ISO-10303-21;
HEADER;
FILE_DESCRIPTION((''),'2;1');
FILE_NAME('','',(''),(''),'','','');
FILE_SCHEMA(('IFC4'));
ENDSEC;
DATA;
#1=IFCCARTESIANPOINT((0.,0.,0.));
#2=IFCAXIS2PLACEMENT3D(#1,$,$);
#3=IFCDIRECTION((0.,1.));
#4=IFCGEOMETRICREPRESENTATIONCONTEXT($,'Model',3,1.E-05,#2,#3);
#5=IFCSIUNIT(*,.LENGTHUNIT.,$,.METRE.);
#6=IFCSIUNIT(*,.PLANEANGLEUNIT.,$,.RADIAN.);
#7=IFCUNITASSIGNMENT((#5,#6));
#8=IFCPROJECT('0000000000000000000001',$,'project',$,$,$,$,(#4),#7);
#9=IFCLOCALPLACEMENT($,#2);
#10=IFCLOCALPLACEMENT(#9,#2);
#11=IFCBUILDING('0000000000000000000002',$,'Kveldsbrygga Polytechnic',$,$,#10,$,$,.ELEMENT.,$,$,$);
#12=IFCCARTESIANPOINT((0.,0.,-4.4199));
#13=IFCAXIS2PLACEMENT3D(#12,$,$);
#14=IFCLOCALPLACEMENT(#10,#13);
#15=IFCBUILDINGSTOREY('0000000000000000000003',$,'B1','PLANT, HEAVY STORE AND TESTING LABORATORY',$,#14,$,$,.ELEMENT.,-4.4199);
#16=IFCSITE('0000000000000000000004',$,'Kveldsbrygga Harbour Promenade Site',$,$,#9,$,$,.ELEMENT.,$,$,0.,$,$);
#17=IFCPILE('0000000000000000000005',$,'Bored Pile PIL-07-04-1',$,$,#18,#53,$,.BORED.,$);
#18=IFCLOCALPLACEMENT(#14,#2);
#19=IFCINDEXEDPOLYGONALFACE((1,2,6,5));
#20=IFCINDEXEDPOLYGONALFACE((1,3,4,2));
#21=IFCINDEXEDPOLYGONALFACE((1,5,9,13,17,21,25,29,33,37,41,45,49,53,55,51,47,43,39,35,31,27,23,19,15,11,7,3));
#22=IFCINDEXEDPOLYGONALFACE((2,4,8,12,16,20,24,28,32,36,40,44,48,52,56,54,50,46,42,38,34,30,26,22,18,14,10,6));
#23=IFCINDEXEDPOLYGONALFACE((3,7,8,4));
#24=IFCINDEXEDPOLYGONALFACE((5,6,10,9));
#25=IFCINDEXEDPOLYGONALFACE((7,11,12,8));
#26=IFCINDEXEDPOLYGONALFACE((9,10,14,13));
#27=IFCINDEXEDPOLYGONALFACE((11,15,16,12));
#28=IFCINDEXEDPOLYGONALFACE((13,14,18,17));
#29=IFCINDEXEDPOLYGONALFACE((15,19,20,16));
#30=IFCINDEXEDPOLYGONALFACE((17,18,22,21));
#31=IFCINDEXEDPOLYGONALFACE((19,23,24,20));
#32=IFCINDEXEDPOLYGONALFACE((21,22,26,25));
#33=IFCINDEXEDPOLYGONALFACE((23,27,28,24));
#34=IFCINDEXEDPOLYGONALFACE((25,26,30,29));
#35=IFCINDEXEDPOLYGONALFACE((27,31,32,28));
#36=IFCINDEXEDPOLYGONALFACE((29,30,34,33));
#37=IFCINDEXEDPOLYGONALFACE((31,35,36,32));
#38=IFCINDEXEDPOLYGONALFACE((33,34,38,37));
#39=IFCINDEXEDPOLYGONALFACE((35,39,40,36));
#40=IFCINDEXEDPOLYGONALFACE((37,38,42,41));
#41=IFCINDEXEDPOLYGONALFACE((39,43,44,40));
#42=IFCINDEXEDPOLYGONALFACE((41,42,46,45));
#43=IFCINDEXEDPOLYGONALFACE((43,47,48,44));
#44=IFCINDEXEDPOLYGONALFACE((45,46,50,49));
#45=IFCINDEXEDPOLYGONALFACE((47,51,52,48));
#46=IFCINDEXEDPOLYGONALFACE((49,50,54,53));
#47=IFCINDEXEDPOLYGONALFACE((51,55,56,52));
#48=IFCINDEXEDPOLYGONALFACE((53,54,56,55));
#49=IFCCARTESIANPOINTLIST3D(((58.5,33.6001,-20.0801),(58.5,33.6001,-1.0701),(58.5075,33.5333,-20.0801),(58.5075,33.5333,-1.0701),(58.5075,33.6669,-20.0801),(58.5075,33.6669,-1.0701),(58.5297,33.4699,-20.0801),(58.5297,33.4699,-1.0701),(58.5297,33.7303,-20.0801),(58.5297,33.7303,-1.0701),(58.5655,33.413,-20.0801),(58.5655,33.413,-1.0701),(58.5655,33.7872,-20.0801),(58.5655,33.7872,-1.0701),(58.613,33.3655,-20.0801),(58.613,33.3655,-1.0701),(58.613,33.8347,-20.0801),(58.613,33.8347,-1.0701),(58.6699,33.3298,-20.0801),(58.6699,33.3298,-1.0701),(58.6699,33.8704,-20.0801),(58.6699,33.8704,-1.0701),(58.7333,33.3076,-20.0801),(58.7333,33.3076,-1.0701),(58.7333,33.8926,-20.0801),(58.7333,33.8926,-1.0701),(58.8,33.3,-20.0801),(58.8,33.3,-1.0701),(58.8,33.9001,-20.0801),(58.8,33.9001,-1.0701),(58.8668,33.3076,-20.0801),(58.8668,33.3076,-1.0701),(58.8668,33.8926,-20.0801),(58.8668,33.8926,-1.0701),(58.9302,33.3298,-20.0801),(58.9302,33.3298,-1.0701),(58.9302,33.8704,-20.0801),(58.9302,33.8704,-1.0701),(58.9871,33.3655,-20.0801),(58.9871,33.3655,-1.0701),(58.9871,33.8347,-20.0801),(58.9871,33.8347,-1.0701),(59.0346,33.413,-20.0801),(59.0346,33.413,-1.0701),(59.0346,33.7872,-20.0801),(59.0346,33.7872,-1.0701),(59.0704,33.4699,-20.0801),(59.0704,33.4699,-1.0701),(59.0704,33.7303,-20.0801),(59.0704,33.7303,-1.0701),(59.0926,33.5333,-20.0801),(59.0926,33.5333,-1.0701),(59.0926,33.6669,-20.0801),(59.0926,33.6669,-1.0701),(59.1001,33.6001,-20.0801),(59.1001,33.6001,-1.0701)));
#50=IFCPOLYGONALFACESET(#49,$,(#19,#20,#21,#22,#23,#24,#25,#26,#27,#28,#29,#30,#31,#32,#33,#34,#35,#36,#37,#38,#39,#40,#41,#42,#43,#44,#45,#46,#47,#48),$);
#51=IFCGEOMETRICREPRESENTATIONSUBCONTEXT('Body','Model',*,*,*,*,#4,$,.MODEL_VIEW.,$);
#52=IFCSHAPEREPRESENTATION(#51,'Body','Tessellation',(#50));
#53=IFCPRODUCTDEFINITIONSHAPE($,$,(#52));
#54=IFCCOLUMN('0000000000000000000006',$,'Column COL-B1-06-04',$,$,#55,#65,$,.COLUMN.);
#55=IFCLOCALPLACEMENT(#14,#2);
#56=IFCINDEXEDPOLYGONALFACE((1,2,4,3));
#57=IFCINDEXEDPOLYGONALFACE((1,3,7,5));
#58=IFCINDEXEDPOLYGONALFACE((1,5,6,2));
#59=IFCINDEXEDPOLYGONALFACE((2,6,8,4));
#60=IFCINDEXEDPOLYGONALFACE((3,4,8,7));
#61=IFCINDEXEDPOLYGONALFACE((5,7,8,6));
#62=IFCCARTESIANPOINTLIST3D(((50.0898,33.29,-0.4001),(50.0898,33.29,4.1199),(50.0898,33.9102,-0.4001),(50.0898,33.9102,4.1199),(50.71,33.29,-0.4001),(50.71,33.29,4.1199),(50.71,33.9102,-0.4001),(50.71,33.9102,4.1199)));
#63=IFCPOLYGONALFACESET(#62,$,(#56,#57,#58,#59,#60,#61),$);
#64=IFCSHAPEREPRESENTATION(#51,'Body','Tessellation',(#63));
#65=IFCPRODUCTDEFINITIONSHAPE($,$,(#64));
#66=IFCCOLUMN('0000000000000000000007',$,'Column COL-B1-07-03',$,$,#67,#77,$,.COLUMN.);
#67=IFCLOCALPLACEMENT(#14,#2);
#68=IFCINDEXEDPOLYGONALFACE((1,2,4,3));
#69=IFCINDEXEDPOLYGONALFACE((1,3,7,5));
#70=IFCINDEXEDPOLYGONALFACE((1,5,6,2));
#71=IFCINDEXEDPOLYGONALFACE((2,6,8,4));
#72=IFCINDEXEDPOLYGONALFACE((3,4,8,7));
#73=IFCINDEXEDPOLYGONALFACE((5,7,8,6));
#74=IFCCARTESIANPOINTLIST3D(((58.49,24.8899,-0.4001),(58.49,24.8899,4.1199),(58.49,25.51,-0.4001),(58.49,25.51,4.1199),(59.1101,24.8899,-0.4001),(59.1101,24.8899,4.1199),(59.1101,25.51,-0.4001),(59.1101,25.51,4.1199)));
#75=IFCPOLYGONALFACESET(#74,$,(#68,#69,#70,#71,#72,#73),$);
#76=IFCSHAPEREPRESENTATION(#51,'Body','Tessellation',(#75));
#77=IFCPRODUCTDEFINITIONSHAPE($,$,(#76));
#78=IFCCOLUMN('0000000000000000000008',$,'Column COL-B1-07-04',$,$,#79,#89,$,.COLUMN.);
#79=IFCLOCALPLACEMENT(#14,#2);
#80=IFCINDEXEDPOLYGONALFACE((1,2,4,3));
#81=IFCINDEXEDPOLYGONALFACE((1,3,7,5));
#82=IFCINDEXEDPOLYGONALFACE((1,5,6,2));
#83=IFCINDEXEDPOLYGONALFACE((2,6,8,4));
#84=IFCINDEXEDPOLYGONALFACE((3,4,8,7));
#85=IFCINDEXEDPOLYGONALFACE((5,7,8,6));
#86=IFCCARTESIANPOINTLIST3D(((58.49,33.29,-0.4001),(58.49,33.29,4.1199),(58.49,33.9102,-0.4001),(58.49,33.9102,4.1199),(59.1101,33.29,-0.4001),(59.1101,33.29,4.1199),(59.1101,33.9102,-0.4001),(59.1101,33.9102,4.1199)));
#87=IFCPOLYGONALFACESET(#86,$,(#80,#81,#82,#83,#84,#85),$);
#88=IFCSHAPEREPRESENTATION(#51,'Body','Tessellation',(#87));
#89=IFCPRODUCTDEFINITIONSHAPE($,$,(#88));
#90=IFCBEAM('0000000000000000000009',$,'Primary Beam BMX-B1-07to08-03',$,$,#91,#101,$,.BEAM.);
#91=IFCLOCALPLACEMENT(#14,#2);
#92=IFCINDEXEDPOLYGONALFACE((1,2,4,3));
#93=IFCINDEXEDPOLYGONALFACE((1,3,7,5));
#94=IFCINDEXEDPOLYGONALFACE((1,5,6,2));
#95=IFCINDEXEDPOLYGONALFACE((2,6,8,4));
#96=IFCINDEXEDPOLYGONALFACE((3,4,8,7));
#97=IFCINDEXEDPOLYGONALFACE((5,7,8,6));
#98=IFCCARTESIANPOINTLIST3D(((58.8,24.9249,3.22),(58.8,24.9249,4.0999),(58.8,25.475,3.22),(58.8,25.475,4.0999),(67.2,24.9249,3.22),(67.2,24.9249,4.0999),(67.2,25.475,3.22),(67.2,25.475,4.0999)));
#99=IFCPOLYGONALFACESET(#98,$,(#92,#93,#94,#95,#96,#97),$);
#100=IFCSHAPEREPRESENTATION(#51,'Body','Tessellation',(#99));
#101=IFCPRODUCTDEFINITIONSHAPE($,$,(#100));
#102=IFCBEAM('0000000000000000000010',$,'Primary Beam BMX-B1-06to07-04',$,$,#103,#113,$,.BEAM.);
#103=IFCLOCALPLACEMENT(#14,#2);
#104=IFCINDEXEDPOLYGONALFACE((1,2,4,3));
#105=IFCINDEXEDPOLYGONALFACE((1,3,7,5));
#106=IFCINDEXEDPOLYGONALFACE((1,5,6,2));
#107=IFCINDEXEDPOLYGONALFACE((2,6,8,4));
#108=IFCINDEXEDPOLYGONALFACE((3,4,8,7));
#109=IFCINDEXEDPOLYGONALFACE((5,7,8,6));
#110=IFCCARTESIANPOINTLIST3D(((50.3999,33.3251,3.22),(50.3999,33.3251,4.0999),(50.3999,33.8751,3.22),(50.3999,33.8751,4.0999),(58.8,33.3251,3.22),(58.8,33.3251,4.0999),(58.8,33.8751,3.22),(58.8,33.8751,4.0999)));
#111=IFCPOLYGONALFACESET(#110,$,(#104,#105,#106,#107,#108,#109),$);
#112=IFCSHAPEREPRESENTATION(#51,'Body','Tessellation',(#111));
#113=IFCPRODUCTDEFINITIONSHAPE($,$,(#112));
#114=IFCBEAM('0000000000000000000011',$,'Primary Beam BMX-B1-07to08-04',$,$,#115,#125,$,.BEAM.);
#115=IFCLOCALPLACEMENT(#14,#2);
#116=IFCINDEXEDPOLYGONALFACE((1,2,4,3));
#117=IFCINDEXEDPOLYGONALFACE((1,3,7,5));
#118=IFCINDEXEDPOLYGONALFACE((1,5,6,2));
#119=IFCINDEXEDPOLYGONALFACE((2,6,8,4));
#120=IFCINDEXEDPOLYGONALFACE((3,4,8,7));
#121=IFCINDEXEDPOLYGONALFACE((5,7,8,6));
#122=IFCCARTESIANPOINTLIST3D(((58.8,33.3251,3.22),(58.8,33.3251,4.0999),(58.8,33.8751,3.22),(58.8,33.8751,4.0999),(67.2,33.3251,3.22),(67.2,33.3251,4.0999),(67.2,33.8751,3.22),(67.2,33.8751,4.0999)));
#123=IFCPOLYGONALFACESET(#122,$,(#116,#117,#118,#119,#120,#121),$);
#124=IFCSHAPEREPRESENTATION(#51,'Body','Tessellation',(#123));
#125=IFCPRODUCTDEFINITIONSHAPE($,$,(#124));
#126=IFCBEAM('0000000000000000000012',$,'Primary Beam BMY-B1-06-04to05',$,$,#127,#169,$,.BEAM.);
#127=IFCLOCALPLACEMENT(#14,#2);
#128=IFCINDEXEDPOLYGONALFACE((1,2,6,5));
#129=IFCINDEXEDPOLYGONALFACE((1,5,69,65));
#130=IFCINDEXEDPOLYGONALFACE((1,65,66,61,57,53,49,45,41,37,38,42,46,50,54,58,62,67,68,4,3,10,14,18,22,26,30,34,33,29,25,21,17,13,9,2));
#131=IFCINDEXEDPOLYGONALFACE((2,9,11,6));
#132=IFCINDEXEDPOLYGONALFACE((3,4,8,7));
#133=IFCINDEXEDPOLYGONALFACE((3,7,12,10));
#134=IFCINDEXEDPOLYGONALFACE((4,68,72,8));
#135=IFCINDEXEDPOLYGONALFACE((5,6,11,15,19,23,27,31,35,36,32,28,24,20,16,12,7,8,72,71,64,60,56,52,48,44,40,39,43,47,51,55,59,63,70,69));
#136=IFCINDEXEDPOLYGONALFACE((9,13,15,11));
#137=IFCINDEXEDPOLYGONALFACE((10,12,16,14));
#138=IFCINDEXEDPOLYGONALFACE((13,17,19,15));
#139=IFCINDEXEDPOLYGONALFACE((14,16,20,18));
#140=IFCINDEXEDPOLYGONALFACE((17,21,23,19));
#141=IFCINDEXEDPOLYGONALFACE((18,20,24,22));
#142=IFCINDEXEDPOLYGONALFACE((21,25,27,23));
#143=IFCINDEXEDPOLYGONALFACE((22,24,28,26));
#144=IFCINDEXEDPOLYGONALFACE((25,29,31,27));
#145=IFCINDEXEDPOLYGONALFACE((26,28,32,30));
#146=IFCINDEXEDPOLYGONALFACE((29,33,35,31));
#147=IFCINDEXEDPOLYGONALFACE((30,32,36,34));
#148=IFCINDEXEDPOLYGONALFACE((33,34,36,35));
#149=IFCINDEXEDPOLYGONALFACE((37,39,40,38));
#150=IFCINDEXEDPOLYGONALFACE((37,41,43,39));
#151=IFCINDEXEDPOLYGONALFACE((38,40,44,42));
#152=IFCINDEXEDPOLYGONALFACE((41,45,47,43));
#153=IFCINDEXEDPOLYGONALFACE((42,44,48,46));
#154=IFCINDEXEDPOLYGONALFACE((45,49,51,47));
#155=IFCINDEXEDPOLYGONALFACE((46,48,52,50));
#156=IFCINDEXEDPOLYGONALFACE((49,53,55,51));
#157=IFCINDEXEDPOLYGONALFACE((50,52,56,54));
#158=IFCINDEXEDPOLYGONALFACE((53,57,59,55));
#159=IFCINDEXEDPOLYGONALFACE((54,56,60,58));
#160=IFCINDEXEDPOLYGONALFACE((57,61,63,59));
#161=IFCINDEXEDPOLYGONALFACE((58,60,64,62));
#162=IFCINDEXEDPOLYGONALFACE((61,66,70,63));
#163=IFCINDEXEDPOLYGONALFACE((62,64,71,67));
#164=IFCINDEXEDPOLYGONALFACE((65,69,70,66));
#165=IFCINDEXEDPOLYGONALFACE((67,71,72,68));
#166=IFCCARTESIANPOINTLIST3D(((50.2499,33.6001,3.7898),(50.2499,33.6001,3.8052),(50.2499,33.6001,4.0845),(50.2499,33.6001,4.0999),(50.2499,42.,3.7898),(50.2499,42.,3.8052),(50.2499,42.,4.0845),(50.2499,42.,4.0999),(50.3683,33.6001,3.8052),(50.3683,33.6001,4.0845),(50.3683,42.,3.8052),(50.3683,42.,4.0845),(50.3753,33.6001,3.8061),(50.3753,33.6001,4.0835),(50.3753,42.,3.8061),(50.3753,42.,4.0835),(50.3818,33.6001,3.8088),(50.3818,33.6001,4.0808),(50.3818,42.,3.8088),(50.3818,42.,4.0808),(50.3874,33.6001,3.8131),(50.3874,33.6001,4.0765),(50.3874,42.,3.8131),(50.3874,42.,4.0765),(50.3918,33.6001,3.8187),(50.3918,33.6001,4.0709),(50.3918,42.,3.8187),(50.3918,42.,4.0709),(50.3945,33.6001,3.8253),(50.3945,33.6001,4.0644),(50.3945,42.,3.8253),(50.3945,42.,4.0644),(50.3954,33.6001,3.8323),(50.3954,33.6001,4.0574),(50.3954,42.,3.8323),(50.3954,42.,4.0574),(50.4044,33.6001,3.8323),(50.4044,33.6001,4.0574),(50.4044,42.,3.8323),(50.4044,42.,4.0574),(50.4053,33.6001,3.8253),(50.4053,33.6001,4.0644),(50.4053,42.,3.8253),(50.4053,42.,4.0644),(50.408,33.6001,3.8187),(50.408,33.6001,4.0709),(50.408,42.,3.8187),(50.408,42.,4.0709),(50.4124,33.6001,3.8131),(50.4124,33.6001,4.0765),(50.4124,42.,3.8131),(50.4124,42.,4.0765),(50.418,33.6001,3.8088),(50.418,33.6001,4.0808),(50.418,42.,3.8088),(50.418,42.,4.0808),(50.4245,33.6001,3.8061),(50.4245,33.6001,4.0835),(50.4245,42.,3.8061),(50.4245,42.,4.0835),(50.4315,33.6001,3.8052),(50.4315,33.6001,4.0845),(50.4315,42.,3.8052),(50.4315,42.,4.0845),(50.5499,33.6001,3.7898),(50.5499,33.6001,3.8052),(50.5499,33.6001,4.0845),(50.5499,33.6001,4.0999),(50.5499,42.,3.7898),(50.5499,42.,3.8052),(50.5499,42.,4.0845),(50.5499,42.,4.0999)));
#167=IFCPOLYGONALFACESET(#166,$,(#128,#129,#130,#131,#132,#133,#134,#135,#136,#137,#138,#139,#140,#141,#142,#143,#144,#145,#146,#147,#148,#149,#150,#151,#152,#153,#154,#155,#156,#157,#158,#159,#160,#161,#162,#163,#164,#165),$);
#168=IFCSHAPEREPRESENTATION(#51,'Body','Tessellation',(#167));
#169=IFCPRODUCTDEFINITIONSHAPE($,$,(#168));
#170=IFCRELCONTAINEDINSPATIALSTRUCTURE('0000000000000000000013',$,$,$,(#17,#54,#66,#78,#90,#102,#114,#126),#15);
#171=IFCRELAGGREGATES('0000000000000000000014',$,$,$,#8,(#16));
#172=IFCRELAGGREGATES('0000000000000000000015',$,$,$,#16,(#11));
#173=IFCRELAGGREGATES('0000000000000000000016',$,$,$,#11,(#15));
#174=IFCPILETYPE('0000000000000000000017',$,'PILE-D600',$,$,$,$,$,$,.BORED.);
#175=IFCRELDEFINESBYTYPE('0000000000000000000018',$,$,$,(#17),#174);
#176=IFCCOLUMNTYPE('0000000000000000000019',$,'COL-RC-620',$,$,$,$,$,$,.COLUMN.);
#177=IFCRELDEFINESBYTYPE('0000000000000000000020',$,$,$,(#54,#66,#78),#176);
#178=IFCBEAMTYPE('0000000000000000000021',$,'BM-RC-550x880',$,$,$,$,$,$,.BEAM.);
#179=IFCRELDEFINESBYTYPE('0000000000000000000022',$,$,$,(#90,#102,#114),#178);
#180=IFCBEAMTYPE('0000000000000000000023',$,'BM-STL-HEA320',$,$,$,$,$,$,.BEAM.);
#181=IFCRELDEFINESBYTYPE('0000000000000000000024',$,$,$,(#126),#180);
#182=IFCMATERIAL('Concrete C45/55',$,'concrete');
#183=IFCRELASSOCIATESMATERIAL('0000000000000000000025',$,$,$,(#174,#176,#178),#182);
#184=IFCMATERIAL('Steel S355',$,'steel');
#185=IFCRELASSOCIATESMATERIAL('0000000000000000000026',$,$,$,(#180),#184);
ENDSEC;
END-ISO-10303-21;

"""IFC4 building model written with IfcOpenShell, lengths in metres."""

from ifc_helpers import new_model, si_unit, direction, frame, origin, origin_2d, place, context, subcontext, project, spatial, rectangle, circle, i_section, extrude, material, material_profile, profile_set, type_object, element, save


model = new_model("IFC4")

# Units and contexts
model_context = context("Model", 3, precision=1e-05, world=origin(), true_north=direction((0.0, 1.0)))
body_context = subcontext(model_context, "Body", "Model", "MODEL_VIEW")
ifc_project = project(units=[si_unit("LENGTHUNIT", "METRE"), si_unit("PLANEANGLEUNIT", "RADIAN")], contexts=[model_context])

# Site, building, storey
site_placement = place(None, origin())
site = spatial("IfcSite", under=ifc_project, at=site_placement, Name="Kveldsbrygga Harbour Promenade Site", CompositionType="ELEMENT", RefElevation=0.0)
building_placement = place(site_placement, origin())
building = spatial("IfcBuilding", under=site, at=building_placement, Name="Kveldsbrygga Polytechnic", CompositionType="ELEMENT")
storey_placement = place(building_placement, frame((0.0, 0.0, -4.4199)))
storey = spatial("IfcBuildingStorey", under=building, at=storey_placement, Name="B1", Description="PLANT, HEAVY STORE AND TESTING LABORATORY", CompositionType="ELEMENT", Elevation=-4.4199)

# Shared definitions
ifc_material_1 = material(Name="Concrete C45/55", Category="concrete")

# Pile
ifc_material_profile_1 = material_profile(ifc_material_1, circle(Radius=0.3, at=origin_2d()), Name="PILE D600")
ifc_profile_set_1 = profile_set([ifc_material_profile_1], Name="Concrete C45/55")
pile_type = type_object("IfcPileType", Name="PILE-D600", PredefinedType="BORED", material=ifc_profile_set_1)
pile_placement = place(storey_placement, frame((58.8, 33.6001, -1.0701), z_axis=(0.0, 0.0, -1.0), x_axis=(1.0, 0.0, 0.0)))
element("IfcPile", 1, at=pile_placement, inside=storey, type_object=pile_type, Name="Bored Pile PIL-07-04-1", PredefinedType="BORED", context=body_context, shape_type="SweptSolid", body=[
    extrude(circle(Radius=0.3, at=origin_2d()), origin(), (0.0, 0.0, 1.0), 19.01),
])

# Columns
ifc_material_profile_2 = material_profile(ifc_material_1, rectangle(XDim=0.6201, YDim=0.6201, at=origin_2d()), Name="RC 620x620")
ifc_profile_set_2 = profile_set([ifc_material_profile_2], Name="Concrete C45/55")
column_type = type_object("IfcColumnType", Name="COL-RC-620", PredefinedType="COLUMN", material=ifc_profile_set_2)
for number, where, z_axis, x_axis, name in (
    (2, (50.3999, 33.6001, -0.4001), (0.0, 0.0, 1.0), (1.0, 0.0, 0.0), "Column COL-B1-06-04"),
    (3, (58.8, 25.2, -0.4001), (0.0, 0.0, 1.0), (1.0, 0.0, 0.0), "Column COL-B1-07-03"),
    (4, (58.8, 33.6001, -0.4001), (0.0, 0.0, 1.0), (1.0, 0.0, 0.0), "Column COL-B1-07-04"),
):
    element("IfcColumn", number, at=place(storey_placement, frame(where, z_axis=z_axis, x_axis=x_axis)), inside=storey, type_object=column_type, Name=name, PredefinedType="COLUMN", context=body_context, shape_type="SweptSolid", body=[
        extrude(rectangle(XDim=0.6201, YDim=0.6201, at=origin_2d()), origin(), (0.0, 0.0, 1.0), 4.52),
    ])

# Beams
ifc_material_profile_3 = material_profile(ifc_material_1, rectangle(XDim=0.55, YDim=0.8799, at=origin_2d()), Name="RC 550x880")
ifc_profile_set_3 = profile_set([ifc_material_profile_3], Name="Concrete C45/55")
beam_type_1 = type_object("IfcBeamType", Name="BM-RC-550x880", PredefinedType="BEAM", material=ifc_profile_set_3)
beam_1_placement = place(storey_placement, frame((58.8, 25.2, 3.6599), z_axis=(1.0, 0.0, 0.0), x_axis=(0.0, 1.0, 0.0)))
element("IfcBeam", 5, at=beam_1_placement, inside=storey, type_object=beam_type_1, Name="Primary Beam BMX-B1-07to08-03", PredefinedType="BEAM", context=body_context, shape_type="SweptSolid", body=[
    extrude(rectangle(XDim=0.55, YDim=0.8799, at=origin_2d()), origin(), (0.0, 0.0, 1.0), 8.3999),
])
beam_2_placement = place(storey_placement, frame((50.3999, 33.6001, 3.6599), z_axis=(1.0, 0.0, 0.0), x_axis=(0.0, 1.0, 0.0)))
element("IfcBeam", 6, at=beam_2_placement, inside=storey, type_object=beam_type_1, Name="Primary Beam BMX-B1-06to07-04", PredefinedType="BEAM", context=body_context, shape_type="SweptSolid", body=[
    extrude(rectangle(XDim=0.55, YDim=0.8799, at=origin_2d()), origin(), (0.0, 0.0, 1.0), 8.4001),
])
beam_3_placement = place(storey_placement, frame((58.8, 33.6001, 3.6599), z_axis=(1.0, 0.0, 0.0), x_axis=(0.0, 1.0, 0.0)))
element("IfcBeam", 7, at=beam_3_placement, inside=storey, type_object=beam_type_1, Name="Primary Beam BMX-B1-07to08-04", PredefinedType="BEAM", context=body_context, shape_type="SweptSolid", body=[
    extrude(rectangle(XDim=0.55, YDim=0.8799, at=origin_2d()), origin(), (0.0, 0.0, 1.0), 8.3999),
])
ifc_material_2 = material(Name="Steel S355", Category="steel")
ifc_material_profile_4 = material_profile(ifc_material_2, i_section(OverallWidth=0.3, OverallDepth=0.3101, WebThickness=0.009, FlangeThickness=0.0154, FilletRadius=0.0271, at=origin_2d()), Name="HEA 320")
ifc_profile_set_4 = profile_set([ifc_material_profile_4], Name="Steel S355")
beam_type_2 = type_object("IfcBeamType", Name="BM-STL-HEA320", PredefinedType="BEAM", material=ifc_profile_set_4)
beam_4_placement = place(storey_placement, frame((50.3999, 33.6001, 3.9448), z_axis=(0.0, 1.0, 0.0), x_axis=(-1.0, 0.0, 0.0)))
element("IfcBeam", 8, at=beam_4_placement, inside=storey, type_object=beam_type_2, Name="Primary Beam BMY-B1-06-04to05", PredefinedType="BEAM", context=body_context, shape_type="SweptSolid", body=[
    extrude(i_section(OverallWidth=0.3, OverallDepth=0.3101, WebThickness=0.009, FlangeThickness=0.0154, FilletRadius=0.0271, at=origin_2d()), origin(), (0.0, 0.0, 1.0), 8.3999),
])

save(model, "model.ifc")
